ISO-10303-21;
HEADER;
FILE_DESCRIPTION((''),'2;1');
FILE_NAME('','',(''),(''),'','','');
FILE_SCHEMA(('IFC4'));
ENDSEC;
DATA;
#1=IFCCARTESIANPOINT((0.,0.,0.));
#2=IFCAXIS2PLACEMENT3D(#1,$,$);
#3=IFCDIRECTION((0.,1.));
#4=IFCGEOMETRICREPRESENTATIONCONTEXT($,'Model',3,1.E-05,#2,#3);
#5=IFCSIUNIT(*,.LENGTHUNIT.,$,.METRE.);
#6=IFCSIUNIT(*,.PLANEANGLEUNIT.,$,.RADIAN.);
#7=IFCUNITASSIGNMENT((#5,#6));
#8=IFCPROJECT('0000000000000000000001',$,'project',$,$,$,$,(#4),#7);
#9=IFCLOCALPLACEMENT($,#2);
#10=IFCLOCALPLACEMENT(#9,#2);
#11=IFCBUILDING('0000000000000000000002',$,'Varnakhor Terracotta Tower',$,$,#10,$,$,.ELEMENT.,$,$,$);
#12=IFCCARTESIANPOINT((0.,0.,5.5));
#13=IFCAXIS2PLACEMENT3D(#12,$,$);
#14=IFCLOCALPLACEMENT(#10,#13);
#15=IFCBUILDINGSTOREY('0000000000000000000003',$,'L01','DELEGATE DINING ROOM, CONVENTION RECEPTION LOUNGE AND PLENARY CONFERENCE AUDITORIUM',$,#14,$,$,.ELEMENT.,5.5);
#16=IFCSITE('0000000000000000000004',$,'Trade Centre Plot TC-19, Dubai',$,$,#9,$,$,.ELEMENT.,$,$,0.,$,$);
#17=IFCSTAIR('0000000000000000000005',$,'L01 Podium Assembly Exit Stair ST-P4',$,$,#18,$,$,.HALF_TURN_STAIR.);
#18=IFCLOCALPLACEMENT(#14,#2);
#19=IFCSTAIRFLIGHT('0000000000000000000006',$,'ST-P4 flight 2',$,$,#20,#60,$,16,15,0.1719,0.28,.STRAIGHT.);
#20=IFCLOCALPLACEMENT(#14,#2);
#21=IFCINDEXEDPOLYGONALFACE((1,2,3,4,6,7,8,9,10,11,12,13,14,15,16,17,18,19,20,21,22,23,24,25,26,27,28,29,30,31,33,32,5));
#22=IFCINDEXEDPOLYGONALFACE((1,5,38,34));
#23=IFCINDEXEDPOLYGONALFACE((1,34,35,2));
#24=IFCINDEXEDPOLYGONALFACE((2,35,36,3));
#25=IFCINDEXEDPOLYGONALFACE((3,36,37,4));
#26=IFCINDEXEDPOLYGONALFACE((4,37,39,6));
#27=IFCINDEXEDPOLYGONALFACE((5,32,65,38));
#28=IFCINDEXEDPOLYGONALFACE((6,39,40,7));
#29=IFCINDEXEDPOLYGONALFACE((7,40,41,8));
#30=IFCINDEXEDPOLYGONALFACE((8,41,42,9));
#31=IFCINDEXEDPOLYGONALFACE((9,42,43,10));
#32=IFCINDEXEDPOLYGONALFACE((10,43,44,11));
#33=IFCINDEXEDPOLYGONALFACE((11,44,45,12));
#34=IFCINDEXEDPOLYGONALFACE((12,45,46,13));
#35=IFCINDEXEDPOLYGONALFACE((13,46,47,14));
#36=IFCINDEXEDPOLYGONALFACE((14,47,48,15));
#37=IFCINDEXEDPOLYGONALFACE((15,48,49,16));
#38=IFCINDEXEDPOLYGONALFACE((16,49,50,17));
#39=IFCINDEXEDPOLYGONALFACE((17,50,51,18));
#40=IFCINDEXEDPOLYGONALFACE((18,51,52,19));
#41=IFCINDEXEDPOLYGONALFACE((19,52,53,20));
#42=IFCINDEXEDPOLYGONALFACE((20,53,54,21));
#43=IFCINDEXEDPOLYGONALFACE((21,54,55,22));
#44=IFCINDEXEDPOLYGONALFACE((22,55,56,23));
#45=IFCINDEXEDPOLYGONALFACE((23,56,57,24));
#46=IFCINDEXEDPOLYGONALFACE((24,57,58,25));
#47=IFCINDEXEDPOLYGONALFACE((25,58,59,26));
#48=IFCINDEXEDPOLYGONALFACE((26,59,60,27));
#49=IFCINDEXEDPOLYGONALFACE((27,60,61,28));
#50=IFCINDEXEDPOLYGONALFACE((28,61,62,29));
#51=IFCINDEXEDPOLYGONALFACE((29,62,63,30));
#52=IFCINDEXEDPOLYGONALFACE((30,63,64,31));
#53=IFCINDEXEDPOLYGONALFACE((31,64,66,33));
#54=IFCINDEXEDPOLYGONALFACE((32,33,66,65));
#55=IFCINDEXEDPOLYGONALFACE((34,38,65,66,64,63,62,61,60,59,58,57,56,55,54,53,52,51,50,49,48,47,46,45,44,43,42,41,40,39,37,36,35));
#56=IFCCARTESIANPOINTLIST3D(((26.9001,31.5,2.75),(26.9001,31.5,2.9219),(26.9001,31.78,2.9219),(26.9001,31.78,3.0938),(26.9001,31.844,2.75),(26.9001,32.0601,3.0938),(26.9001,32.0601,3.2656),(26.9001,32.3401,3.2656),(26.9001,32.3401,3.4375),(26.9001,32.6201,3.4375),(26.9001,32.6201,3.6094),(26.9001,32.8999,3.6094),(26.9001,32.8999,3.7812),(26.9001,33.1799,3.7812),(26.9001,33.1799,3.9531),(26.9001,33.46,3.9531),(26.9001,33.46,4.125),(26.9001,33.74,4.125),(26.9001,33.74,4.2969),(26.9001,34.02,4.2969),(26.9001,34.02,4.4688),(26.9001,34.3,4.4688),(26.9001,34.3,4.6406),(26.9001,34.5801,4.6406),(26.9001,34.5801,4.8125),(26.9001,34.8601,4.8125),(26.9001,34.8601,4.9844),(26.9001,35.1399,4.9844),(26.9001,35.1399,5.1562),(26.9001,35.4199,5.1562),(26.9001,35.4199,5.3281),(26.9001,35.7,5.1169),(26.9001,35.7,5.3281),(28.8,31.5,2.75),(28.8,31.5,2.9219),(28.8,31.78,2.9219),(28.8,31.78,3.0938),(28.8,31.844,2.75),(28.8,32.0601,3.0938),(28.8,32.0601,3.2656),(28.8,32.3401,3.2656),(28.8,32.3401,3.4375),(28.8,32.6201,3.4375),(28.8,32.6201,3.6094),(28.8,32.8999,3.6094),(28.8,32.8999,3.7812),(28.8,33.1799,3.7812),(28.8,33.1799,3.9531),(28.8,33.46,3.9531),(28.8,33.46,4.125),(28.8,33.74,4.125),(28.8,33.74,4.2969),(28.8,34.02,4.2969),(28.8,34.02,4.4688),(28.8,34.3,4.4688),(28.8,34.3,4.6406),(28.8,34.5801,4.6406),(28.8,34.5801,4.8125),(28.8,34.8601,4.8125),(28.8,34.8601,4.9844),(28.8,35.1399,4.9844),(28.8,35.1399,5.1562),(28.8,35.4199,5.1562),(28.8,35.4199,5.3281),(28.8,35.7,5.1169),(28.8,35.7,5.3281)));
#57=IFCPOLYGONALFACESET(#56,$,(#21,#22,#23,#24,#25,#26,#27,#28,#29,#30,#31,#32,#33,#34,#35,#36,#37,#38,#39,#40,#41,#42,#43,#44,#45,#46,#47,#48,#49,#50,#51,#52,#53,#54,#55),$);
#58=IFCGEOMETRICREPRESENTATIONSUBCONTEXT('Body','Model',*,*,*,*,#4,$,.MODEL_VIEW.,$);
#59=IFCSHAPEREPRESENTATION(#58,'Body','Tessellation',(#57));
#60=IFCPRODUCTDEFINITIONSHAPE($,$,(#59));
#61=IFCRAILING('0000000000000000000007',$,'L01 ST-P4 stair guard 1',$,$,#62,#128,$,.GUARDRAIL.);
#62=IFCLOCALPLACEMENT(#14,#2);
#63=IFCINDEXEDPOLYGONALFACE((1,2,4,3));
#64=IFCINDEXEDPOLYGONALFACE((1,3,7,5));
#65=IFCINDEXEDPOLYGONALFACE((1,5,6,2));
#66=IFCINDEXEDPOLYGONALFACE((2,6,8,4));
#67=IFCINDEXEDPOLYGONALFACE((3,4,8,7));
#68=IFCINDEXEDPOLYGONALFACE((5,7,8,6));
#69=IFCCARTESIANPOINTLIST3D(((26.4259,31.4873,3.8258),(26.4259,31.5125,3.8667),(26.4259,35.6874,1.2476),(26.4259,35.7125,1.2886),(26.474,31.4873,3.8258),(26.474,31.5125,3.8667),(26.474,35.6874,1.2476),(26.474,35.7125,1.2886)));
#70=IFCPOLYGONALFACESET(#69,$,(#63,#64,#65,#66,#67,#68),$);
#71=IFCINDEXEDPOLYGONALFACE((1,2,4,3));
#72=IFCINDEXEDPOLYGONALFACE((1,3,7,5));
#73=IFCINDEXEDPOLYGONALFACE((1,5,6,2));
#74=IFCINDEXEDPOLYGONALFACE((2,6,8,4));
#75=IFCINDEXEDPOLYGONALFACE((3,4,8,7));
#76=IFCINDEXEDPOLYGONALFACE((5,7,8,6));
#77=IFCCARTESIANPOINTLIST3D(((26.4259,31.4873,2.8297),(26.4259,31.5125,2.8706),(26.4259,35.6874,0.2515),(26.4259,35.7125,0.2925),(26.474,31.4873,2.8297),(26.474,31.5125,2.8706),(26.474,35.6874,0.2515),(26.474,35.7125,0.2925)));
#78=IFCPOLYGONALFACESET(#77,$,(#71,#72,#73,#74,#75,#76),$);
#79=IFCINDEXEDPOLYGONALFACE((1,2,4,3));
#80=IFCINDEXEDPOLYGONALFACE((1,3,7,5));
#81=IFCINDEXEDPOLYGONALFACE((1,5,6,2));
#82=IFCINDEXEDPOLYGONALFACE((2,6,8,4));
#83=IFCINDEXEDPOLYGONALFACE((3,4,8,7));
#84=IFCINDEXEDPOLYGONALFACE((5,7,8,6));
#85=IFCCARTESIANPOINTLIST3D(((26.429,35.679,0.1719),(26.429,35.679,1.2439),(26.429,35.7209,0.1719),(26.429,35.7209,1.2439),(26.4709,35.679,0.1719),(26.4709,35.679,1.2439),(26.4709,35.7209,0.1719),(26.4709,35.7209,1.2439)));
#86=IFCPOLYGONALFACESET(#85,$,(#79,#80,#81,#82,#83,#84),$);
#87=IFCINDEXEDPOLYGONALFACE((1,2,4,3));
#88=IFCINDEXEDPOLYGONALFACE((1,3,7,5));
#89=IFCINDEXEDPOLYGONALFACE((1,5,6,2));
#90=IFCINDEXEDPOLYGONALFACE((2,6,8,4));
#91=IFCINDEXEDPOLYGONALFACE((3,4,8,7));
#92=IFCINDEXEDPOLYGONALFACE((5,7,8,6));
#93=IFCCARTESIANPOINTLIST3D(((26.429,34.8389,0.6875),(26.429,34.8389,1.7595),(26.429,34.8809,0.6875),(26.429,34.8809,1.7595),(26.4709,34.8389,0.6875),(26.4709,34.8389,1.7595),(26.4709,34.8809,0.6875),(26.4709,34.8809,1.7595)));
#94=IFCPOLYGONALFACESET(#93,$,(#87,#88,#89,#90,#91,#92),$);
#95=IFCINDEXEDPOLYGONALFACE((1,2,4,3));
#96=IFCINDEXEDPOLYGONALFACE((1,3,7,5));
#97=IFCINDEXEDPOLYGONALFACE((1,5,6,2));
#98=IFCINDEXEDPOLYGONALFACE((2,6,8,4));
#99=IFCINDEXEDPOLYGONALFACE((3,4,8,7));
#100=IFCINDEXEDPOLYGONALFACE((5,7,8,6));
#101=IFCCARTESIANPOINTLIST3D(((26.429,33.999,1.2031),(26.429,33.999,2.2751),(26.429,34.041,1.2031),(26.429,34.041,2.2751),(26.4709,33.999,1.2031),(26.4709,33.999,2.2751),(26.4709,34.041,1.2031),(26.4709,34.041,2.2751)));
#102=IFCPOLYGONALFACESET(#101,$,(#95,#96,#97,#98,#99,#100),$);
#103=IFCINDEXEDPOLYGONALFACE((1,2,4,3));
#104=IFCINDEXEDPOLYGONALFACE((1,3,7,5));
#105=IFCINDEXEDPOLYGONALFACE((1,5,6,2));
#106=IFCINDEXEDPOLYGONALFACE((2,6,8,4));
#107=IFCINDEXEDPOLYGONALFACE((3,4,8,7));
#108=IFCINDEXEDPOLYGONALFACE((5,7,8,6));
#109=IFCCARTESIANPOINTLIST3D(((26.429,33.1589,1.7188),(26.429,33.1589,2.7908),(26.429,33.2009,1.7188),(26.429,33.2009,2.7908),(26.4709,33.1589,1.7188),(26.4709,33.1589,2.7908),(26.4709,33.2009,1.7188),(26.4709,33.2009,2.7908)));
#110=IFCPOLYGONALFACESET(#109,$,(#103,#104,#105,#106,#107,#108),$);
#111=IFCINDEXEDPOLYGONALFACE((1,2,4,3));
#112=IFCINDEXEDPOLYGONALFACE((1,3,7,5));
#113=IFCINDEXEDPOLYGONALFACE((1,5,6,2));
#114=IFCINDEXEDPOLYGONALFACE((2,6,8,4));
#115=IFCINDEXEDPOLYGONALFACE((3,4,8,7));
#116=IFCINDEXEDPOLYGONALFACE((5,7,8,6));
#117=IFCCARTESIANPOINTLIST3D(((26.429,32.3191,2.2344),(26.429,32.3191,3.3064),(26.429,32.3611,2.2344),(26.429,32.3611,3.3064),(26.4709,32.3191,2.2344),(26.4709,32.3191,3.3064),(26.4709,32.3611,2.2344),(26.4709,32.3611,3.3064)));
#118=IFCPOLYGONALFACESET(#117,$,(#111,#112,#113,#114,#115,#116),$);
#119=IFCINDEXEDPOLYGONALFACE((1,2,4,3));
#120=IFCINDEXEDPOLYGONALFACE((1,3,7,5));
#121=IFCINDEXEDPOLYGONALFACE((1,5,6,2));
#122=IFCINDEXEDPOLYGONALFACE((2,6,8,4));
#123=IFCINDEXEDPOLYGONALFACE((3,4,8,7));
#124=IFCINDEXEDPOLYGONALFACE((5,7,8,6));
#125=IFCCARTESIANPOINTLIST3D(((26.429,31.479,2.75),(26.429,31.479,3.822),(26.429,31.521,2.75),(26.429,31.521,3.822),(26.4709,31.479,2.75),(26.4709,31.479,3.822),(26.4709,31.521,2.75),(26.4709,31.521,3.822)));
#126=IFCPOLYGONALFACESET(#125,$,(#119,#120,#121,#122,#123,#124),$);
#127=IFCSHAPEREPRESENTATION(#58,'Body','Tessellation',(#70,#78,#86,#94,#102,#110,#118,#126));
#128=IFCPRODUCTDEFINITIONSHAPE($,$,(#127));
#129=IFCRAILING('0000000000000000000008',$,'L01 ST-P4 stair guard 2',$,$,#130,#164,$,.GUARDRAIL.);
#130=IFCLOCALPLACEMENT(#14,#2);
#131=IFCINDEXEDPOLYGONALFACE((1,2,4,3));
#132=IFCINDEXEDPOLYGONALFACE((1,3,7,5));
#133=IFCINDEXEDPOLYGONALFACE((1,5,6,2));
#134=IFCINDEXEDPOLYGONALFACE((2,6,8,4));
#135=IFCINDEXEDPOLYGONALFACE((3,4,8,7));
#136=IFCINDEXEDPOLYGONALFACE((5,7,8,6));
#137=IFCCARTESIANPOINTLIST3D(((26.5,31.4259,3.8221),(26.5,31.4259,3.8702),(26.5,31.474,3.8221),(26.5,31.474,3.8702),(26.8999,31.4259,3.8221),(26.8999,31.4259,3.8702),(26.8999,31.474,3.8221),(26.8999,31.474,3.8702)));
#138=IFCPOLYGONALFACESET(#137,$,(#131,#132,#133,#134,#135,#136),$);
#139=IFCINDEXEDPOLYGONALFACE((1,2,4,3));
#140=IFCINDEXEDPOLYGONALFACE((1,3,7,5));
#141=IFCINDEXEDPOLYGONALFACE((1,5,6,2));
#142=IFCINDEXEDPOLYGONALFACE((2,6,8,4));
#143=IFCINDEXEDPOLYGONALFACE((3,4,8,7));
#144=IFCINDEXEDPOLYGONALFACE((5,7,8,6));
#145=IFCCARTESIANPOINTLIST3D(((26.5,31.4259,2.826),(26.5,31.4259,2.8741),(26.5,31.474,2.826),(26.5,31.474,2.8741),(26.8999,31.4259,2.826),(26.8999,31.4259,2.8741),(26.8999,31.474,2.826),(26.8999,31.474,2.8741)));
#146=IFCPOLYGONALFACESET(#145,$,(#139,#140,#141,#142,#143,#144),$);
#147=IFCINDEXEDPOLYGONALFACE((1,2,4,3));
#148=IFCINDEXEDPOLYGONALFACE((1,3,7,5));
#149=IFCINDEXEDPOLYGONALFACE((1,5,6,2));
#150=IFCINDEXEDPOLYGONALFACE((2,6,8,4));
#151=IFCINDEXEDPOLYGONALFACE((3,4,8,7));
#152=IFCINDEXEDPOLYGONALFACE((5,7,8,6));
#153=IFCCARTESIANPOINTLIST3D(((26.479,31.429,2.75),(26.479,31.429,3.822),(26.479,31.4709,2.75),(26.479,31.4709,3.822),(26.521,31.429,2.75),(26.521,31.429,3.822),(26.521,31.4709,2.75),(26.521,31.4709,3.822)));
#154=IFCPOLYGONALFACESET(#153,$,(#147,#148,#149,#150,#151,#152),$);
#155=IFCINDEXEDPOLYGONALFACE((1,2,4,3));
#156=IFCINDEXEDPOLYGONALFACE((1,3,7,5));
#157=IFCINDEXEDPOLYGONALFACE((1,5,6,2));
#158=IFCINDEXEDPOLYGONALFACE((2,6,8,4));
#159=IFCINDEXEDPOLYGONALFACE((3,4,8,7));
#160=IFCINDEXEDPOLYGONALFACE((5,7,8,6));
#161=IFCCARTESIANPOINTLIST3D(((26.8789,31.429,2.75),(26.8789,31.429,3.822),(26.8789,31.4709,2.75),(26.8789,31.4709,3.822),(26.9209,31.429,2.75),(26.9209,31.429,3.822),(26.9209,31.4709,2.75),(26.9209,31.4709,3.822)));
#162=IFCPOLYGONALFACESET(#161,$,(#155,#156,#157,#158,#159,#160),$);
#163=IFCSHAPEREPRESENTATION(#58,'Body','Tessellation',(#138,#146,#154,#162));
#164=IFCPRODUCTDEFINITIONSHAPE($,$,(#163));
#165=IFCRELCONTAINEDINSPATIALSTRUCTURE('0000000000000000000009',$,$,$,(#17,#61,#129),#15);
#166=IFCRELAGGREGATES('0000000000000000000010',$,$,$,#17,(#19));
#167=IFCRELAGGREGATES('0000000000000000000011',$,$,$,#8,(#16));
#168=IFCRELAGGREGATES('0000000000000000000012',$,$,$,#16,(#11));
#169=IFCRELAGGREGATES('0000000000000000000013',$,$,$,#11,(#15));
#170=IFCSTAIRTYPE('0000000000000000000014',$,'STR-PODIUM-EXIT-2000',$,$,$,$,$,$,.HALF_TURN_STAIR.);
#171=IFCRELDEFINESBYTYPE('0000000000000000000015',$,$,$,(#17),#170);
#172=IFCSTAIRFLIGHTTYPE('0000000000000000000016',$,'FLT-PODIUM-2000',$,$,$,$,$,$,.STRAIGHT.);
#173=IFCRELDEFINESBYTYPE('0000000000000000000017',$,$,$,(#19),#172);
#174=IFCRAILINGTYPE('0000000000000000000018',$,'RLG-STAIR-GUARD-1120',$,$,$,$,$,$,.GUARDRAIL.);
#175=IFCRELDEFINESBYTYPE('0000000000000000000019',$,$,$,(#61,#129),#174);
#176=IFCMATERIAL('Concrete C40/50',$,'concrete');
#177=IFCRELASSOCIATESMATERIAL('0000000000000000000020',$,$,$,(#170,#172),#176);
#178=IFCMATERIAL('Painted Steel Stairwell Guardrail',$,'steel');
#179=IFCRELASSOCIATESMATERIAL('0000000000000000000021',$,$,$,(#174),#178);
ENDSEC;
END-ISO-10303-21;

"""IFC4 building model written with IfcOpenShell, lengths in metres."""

from ifc_helpers import new_model, si_unit, direction, frame, origin, origin_2d, place, context, subcontext, project, spatial, polyline, rectangle, outline, extrude, material, type_object, element, aggregate, save


model = new_model("IFC4")

# Units and contexts
model_context = context("Model", 3, precision=1e-05, world=origin(), true_north=direction((0.0, 1.0)))
body_context = subcontext(model_context, "Body", "Model", "MODEL_VIEW")
ifc_project = project(units=[si_unit("LENGTHUNIT", "METRE"), si_unit("PLANEANGLEUNIT", "RADIAN")], contexts=[model_context])

# Site, building, storey
site_placement = place(None, origin())
site = spatial("IfcSite", under=ifc_project, at=site_placement, Name="Trade Centre Plot TC-19, Dubai", CompositionType="ELEMENT", RefElevation=0.0)
building_placement = place(site_placement, origin())
building = spatial("IfcBuilding", under=site, at=building_placement, Name="Varnakhor Terracotta Tower", CompositionType="ELEMENT")
storey_placement = place(building_placement, frame((0.0, 0.0, 5.5)))
storey = spatial("IfcBuildingStorey", under=building, at=storey_placement, Name="L01", Description="DELEGATE DINING ROOM, CONVENTION RECEPTION LOUNGE AND PLENARY CONFERENCE AUDITORIUM", CompositionType="ELEMENT", Elevation=5.5)

# Shared definitions
ifc_material_1 = material(Name="Concrete C40/50", Category="concrete")

# Stair, stair flight
stair_type = type_object("IfcStairType", Name="STR-PODIUM-EXIT-2000", PredefinedType="HALF_TURN_STAIR", material=ifc_material_1)
stair_placement = place(storey_placement, origin())
stair = element("IfcStair", 1, at=stair_placement, inside=storey, type_object=stair_type, Name="L01 Podium Assembly Exit Stair ST-P4", PredefinedType="HALF_TURN_STAIR")
stair_flight_type = type_object("IfcStairFlightType", Name="FLT-PODIUM-2000", PredefinedType="STRAIGHT", material=ifc_material_1)
stair_flight_1_placement = place(storey_placement, frame((27.8501, 31.5, 2.75), z_axis=(0.0, 0.0, 1.0), x_axis=(0.0, 1.0, 0.0)))
stair_flight_1 = element("IfcStairFlight", 2, at=stair_flight_1_placement, type_object=stair_flight_type, Name="ST-P4 flight 2", NumberOfRisers=16, NumberOfTreads=15, PredefinedType="STRAIGHT", RiserHeight=0.1719, TreadLength=0.28, context=body_context, shape_type="SweptSolid", body=[
    extrude(outline(polyline([(0.0, 0.0), (0.0, 0.1719), (0.28, 0.1719), (0.28, 0.3438), (0.5601, 0.3438), (0.5601, 0.5156), (0.8401, 0.5156), (0.8401, 0.6875), (1.1201, 0.6875), (1.1201, 0.8594), (1.3999, 0.8594), (1.3999, 1.0312), (1.6799, 1.0312), (1.6799, 1.2031), (1.96, 1.2031), (1.96, 1.375), (2.24, 1.375), (2.24, 1.5469), (2.52, 1.5469), (2.52, 1.7188), (2.8, 1.7188), (2.8, 1.8906), (3.0801, 1.8906), (3.0801, 2.0625), (3.3601, 2.0625), (3.3601, 2.2344), (3.6399, 2.2344), (3.6399, 2.4062), (3.9199, 2.4062), (3.9199, 2.5781), (4.2, 2.5781), (4.2, 2.75), (4.2, 2.3669), (0.344, 0.0), (0.0, 0.0)])), frame((0.0, 0.95, 0.0), z_axis=(0.0, -1.0, 0.0), x_axis=(1.0, 0.0, 0.0)), (0.0, 0.0, 1.0), 1.8999),
])
aggregate(stair, [stair_flight_1])

# Railings
ifc_material_2 = material(Name="Painted Steel Stairwell Guardrail", Category="steel")
railing_type_1 = type_object("IfcRailingType", Name="RLG-STAIR-GUARD-1120", PredefinedType="GUARDRAIL", material=ifc_material_2)
railing_1_placement = place(storey_placement, frame((26.45, 35.7, 0.1719)))
element("IfcRailing", 3, at=railing_1_placement, inside=storey, type_object=railing_type_1, Name="L01 ST-P4 stair guard 1", PredefinedType="GUARDRAIL", context=body_context, shape_type="SweptSolid", body=[
    extrude(rectangle(XDim=0.0481, YDim=0.0481, at=origin_2d()), frame((0.0, 0.0, 1.0962), z_axis=(0.0, -0.852243, 0.523146), x_axis=(1.0, 0.0, 0.0)), (0.0, 0.0, 1.0), 4.9282),
    extrude(rectangle(XDim=0.0481, YDim=0.0481, at=origin_2d()), frame((0.0, 0.0, 0.1001), z_axis=(0.0, -0.852243, 0.523146), x_axis=(1.0, 0.0, 0.0)), (0.0, 0.0, 1.0), 4.9282),
    extrude(rectangle(XDim=0.042, YDim=0.042, at=origin_2d()), origin(), (0.0, 0.0, 1.0), 1.072),
    extrude(rectangle(XDim=0.042, YDim=0.042, at=origin_2d()), frame((0.0, -0.8401, 0.5156)), (0.0, 0.0, 1.0), 1.072),
    extrude(rectangle(XDim=0.042, YDim=0.042, at=origin_2d()), frame((0.0, -1.6799, 1.0312)), (0.0, 0.0, 1.0), 1.072),
    extrude(rectangle(XDim=0.042, YDim=0.042, at=origin_2d()), frame((0.0, -2.52, 1.5469)), (0.0, 0.0, 1.0), 1.072),
    extrude(rectangle(XDim=0.042, YDim=0.042, at=origin_2d()), frame((0.0, -3.3599, 2.0625)), (0.0, 0.0, 1.0), 1.072),
    extrude(rectangle(XDim=0.042, YDim=0.042, at=origin_2d()), frame((0.0, -4.2, 2.5781)), (0.0, 0.0, 1.0), 1.072),
])
railing_2_placement = place(storey_placement, frame((26.5, 31.45, 2.75)))
element("IfcRailing", 4, at=railing_2_placement, inside=storey, type_object=railing_type_1, Name="L01 ST-P4 stair guard 2", PredefinedType="GUARDRAIL", context=body_context, shape_type="SweptSolid", body=[
    extrude(rectangle(XDim=0.0481, YDim=0.0481, at=origin_2d()), frame((0.0, 0.0, 1.0962), z_axis=(1.0, 0.0, 0.0), x_axis=(0.0, 1.0, 0.0)), (0.0, 0.0, 1.0), 0.3999),
    extrude(rectangle(XDim=0.0481, YDim=0.0481, at=origin_2d()), frame((0.0, 0.0, 0.1001), z_axis=(1.0, 0.0, 0.0), x_axis=(0.0, 1.0, 0.0)), (0.0, 0.0, 1.0), 0.3999),
    extrude(rectangle(XDim=0.042, YDim=0.042, at=origin_2d()), origin(), (0.0, 0.0, 1.0), 1.072),
    extrude(rectangle(XDim=0.042, YDim=0.042, at=origin_2d()), frame((0.3999, 0.0, 0.0)), (0.0, 0.0, 1.0), 1.072),
])

save(model, "model.ifc")
